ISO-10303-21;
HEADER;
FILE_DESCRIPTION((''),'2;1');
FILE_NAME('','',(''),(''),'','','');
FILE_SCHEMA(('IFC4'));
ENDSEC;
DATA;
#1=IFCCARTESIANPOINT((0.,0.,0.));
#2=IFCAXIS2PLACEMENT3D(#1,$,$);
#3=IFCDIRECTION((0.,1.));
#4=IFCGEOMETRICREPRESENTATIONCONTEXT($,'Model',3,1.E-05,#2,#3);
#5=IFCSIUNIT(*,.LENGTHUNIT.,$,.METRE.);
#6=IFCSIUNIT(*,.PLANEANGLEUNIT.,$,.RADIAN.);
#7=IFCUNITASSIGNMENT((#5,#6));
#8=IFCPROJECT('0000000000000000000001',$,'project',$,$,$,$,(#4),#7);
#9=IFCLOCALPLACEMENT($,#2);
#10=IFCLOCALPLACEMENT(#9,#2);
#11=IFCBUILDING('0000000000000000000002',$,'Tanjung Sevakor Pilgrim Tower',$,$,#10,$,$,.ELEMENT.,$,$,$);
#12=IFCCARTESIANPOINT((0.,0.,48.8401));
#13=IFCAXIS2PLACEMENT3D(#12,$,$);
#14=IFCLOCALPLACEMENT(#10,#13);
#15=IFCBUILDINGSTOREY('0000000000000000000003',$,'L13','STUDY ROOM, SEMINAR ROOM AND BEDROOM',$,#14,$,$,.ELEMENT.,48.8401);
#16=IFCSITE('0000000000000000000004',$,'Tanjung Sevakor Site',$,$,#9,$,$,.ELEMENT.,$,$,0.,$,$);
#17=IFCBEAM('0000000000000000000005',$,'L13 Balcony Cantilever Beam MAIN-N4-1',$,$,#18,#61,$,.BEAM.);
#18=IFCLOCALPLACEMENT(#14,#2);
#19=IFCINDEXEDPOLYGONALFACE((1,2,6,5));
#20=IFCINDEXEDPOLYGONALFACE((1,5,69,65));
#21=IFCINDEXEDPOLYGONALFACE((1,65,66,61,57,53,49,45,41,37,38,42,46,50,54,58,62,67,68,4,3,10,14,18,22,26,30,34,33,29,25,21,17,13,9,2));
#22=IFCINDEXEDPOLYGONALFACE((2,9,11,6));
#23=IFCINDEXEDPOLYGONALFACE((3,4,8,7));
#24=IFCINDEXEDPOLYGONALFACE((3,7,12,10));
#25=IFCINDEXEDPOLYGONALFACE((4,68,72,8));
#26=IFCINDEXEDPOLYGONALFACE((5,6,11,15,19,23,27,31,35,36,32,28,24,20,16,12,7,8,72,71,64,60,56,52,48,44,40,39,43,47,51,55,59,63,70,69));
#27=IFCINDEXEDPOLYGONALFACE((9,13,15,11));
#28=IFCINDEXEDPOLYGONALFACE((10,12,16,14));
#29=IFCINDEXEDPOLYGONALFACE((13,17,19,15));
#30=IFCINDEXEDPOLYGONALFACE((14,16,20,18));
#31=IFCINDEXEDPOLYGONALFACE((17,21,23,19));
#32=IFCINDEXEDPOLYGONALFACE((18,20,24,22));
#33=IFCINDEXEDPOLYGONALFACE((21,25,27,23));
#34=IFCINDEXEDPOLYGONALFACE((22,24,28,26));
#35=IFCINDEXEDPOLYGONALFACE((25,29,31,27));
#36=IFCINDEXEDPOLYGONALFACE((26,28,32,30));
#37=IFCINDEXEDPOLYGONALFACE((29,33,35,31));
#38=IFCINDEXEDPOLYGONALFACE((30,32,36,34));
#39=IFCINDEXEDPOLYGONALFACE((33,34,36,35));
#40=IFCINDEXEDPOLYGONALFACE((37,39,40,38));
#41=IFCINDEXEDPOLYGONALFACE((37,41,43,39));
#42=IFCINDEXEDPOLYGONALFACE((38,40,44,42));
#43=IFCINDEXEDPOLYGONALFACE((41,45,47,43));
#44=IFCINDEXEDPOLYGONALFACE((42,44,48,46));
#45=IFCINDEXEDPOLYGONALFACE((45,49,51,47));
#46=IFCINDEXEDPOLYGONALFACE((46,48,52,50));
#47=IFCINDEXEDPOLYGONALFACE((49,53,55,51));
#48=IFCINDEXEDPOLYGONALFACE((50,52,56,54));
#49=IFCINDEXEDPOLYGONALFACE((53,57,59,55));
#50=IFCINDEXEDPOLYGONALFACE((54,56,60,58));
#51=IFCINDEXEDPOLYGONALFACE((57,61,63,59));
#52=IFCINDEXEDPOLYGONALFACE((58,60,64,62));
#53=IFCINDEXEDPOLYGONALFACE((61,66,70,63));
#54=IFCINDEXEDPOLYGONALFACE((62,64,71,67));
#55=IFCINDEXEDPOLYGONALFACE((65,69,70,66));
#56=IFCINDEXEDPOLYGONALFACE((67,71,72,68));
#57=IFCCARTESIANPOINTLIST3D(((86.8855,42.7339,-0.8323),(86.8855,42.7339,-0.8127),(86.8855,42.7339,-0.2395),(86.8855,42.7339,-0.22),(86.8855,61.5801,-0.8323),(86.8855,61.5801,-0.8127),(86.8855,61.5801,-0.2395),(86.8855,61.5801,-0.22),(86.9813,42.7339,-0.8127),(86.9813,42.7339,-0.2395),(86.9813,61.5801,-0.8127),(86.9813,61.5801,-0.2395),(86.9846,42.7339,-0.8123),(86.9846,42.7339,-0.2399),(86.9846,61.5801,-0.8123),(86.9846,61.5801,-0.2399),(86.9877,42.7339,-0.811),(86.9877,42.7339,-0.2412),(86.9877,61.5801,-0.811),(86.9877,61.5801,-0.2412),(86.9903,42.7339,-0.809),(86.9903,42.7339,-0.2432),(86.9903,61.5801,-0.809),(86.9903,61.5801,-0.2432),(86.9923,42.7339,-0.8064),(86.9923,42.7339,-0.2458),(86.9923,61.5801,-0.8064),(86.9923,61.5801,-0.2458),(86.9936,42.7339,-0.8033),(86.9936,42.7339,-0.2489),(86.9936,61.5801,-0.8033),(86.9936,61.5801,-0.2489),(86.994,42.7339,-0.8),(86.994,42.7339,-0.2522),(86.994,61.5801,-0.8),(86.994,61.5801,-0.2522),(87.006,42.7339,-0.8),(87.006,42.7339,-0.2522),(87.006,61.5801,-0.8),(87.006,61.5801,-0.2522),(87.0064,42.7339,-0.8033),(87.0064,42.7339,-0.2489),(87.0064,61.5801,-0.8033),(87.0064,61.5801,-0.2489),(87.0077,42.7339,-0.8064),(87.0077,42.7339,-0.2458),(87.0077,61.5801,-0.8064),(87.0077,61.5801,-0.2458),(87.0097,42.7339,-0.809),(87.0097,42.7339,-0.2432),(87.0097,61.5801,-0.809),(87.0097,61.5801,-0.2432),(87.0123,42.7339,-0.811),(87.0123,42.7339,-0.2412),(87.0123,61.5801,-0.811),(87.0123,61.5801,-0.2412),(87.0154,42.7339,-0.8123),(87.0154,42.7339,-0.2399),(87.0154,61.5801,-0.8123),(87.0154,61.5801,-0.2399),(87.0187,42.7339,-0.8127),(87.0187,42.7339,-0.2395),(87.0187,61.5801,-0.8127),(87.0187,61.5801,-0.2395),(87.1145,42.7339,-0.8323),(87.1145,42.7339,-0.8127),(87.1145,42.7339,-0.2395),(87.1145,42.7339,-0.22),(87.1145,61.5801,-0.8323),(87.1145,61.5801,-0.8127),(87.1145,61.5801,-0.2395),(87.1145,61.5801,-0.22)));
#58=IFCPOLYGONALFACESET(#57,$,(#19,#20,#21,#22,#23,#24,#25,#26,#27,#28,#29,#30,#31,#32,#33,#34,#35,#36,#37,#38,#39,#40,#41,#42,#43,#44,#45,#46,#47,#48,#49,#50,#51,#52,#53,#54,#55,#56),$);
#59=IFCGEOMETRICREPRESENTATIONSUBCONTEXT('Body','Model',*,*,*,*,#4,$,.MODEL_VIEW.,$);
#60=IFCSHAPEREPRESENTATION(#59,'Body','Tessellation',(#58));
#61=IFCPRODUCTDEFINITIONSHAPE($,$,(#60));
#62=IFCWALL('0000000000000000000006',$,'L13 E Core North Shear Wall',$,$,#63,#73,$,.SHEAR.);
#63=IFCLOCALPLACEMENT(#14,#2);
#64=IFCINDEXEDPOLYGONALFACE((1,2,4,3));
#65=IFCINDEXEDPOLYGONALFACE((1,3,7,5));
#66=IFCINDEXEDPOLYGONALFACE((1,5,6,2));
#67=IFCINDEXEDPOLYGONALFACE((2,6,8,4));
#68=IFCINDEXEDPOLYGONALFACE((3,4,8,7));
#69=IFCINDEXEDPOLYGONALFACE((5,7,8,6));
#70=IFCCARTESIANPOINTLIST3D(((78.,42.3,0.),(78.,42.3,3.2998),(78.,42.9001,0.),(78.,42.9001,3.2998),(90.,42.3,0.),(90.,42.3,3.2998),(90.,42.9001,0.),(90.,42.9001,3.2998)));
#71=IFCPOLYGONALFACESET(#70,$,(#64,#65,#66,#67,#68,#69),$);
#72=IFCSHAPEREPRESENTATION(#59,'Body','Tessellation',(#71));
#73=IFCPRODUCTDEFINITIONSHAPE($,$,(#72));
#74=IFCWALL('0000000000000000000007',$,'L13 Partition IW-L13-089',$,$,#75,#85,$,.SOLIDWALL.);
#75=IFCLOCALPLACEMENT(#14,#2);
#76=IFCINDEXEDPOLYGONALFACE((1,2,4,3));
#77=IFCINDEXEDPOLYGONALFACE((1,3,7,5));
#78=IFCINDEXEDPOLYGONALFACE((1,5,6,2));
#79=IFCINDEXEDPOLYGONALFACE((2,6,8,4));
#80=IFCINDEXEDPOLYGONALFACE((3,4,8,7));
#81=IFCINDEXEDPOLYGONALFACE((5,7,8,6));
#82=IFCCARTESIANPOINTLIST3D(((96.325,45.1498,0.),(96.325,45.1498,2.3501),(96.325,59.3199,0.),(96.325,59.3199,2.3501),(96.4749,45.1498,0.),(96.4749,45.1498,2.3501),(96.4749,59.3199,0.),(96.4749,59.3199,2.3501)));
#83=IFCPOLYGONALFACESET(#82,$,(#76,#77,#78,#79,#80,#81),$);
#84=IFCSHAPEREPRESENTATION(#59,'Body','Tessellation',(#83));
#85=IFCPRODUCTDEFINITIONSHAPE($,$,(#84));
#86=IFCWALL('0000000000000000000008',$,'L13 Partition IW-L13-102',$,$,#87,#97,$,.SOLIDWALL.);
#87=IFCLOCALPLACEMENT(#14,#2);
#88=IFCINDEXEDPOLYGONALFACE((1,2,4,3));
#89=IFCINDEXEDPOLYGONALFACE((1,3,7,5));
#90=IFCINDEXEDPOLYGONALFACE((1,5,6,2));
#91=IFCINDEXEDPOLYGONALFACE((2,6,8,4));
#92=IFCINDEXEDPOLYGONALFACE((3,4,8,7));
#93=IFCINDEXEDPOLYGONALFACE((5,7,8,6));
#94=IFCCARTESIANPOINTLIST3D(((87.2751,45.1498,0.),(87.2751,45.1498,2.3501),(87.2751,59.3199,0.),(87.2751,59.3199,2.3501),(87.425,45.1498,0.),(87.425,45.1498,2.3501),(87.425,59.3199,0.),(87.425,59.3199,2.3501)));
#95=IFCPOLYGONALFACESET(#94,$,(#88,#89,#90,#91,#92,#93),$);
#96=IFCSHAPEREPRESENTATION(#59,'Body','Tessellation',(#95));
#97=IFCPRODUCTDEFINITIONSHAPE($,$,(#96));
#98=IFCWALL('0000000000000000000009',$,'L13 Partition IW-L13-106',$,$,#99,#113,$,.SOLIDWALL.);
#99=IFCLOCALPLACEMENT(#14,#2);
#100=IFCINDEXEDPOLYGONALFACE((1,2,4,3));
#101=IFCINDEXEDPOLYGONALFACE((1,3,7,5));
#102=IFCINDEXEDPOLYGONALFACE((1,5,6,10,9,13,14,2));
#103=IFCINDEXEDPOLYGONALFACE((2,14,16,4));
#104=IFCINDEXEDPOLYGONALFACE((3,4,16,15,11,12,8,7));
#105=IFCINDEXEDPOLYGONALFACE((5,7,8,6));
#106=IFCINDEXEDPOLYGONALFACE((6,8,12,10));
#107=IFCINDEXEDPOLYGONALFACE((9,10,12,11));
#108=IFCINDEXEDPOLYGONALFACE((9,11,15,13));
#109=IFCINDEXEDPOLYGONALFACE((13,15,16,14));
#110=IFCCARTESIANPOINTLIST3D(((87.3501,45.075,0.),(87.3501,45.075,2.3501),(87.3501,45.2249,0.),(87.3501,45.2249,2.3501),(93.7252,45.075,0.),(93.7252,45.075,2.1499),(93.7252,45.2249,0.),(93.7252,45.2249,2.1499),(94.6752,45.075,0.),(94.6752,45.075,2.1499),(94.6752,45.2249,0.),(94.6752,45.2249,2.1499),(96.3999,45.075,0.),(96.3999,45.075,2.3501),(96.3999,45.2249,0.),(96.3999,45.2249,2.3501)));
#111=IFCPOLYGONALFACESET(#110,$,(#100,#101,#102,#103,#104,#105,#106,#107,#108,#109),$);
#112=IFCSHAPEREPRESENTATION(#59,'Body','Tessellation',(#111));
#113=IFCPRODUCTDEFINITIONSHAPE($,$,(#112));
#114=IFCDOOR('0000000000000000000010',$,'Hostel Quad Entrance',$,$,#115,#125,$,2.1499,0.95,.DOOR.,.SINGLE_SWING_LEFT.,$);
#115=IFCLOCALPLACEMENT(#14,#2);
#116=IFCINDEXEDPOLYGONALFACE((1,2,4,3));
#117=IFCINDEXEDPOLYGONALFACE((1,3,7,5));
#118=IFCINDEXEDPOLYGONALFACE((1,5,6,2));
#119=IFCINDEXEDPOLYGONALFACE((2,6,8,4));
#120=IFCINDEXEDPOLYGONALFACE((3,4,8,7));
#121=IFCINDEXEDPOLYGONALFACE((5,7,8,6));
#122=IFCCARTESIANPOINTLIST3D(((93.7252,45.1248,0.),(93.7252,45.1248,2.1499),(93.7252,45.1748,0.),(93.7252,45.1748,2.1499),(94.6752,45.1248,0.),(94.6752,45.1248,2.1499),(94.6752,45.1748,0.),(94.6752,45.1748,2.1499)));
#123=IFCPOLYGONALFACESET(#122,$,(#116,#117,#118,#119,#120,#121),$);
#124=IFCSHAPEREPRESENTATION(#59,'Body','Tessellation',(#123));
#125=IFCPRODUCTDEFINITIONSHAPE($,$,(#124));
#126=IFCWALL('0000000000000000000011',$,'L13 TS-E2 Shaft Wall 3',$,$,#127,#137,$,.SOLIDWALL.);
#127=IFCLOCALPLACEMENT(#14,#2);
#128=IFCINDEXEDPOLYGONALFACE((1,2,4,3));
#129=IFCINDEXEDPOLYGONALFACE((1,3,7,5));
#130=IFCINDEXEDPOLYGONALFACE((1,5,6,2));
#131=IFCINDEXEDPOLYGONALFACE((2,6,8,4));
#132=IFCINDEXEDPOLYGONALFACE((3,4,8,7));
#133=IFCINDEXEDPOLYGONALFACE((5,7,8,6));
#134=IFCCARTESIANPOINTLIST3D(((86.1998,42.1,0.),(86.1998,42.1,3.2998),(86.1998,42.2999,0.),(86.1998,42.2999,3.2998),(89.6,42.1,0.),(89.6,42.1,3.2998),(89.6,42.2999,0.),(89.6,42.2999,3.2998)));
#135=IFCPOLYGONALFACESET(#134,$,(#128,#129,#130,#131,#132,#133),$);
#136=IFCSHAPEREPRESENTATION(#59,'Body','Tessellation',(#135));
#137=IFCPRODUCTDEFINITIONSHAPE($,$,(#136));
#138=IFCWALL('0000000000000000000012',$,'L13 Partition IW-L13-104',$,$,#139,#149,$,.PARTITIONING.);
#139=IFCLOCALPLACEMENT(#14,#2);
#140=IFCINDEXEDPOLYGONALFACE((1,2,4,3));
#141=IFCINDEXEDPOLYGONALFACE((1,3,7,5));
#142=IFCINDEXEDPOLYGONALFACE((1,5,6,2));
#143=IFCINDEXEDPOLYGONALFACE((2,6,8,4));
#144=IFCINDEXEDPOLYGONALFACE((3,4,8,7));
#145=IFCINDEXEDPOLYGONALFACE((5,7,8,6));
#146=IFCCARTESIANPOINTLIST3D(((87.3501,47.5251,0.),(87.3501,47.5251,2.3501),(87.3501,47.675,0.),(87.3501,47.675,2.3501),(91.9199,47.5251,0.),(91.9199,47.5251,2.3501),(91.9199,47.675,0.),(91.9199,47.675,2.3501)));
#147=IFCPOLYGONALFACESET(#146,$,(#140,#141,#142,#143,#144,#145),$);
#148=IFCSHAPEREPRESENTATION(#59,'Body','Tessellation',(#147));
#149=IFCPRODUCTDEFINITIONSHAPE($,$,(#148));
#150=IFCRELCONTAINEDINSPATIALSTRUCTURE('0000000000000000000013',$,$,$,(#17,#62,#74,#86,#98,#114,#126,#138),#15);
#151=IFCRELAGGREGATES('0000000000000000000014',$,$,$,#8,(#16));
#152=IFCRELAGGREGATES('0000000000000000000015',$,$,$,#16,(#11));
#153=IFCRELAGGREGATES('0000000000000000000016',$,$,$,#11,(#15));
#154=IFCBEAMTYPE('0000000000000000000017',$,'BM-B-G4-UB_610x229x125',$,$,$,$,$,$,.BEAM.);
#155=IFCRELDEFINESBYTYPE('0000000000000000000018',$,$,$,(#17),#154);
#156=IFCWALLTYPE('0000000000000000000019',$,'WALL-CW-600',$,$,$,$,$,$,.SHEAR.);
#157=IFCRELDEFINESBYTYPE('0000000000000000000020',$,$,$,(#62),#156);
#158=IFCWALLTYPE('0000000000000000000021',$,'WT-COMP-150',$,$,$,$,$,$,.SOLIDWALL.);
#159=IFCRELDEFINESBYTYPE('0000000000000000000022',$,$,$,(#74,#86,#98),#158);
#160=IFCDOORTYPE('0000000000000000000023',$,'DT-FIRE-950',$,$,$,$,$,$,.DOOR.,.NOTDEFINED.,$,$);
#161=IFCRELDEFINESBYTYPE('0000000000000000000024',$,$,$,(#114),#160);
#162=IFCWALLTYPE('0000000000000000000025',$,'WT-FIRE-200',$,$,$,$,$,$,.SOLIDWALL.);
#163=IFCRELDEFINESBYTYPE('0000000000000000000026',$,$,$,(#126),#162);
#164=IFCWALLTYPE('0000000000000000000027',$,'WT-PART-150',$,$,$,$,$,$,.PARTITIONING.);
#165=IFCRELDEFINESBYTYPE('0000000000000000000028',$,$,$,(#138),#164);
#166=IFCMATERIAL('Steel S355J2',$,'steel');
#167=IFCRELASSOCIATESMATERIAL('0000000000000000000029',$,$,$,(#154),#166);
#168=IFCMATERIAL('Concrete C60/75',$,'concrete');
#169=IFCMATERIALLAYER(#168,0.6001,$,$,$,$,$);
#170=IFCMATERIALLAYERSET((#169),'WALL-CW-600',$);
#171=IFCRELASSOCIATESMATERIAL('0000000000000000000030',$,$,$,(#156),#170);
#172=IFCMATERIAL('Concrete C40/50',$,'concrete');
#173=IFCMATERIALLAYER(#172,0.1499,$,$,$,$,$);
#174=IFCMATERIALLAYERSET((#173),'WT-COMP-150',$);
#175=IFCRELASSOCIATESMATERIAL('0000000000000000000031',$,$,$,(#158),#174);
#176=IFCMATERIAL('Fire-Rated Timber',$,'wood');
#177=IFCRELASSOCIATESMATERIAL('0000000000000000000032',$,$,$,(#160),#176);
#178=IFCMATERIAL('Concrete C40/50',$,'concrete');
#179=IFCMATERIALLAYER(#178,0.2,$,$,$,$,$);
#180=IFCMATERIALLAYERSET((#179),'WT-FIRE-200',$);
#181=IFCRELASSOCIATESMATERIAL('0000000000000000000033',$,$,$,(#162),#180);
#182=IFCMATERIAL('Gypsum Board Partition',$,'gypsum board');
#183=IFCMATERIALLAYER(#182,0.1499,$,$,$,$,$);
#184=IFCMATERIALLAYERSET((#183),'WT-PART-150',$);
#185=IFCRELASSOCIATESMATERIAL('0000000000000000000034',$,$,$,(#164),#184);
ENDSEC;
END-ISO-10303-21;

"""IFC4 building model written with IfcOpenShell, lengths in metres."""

from ifc_helpers import new_model, si_unit, direction, frame, frame_2d, origin, origin_2d, place, context, subcontext, project, spatial, rectangle, i_section, extrude, material, layer, layer_set, material_profile, profile_set, type_object, element, fill, save


model = new_model("IFC4")

# Units and contexts
model_context = context("Model", 3, precision=1e-05, world=origin(), true_north=direction((0.0, 1.0)))
body_context = subcontext(model_context, "Body", "Model", "MODEL_VIEW")
ifc_project = project(units=[si_unit("LENGTHUNIT", "METRE"), si_unit("PLANEANGLEUNIT", "RADIAN")], contexts=[model_context])

# Site, building, storey
site_placement = place(None, origin())
site = spatial("IfcSite", under=ifc_project, at=site_placement, Name="Tanjung Sevakor Site", CompositionType="ELEMENT", RefElevation=0.0)
building_placement = place(site_placement, origin())
building = spatial("IfcBuilding", under=site, at=building_placement, Name="Tanjung Sevakor Pilgrim Tower", CompositionType="ELEMENT")
storey_placement = place(building_placement, frame((0.0, 0.0, 48.8401)))
storey = spatial("IfcBuildingStorey", under=building, at=storey_placement, Name="L13", Description="STUDY ROOM, SEMINAR ROOM AND BEDROOM", CompositionType="ELEMENT", Elevation=48.8401)

# Beam
ifc_material_1 = material(Name="Steel S355J2", Category="steel")
ifc_material_profile_1 = material_profile(ifc_material_1, i_section(OverallWidth=0.229, OverallDepth=0.6123, WebThickness=0.012, FlangeThickness=0.0195, FilletRadius=0.0127, at=origin_2d()))
ifc_profile_set_1 = profile_set([ifc_material_profile_1], Name="Steel S355J2")
beam_type_1 = type_object("IfcBeamType", Name="BM-B-G4-UB_610x229x125", PredefinedType="BEAM", material=ifc_profile_set_1)
beam_1_placement = place(storey_placement, frame((87.0, 42.7339, -0.5261), z_axis=(0.0, 1.0, 0.0), x_axis=(-1.0, 0.0, 0.0)))
element("IfcBeam", 1, at=beam_1_placement, inside=storey, type_object=beam_type_1, Name="L13 Balcony Cantilever Beam MAIN-N4-1", PredefinedType="BEAM", context=body_context, shape_type="SweptSolid", body=[
    extrude(i_section(OverallWidth=0.229, OverallDepth=0.6123, WebThickness=0.012, FlangeThickness=0.0195, FilletRadius=0.0127, at=origin_2d()), origin(), (0.0, 0.0, 1.0), 18.8462),
])

# Walls
ifc_material_2 = material(Name="Concrete C60/75", Category="concrete")
ifc_layer_1 = layer(ifc_material_2, 0.6001)
ifc_layer_set_1 = layer_set([ifc_layer_1], Name="WALL-CW-600")
wall_type_1 = type_object("IfcWallType", Name="WALL-CW-600", PredefinedType="SHEAR", material=ifc_layer_set_1)
wall_1_placement = place(storey_placement, frame((90.0, 42.6001, 0.0), z_axis=(0.0, 0.0, 1.0), x_axis=(-1.0, 0.0, 0.0)))
element("IfcWall", 2, at=wall_1_placement, inside=storey, type_object=wall_type_1, Name="L13 E Core North Shear Wall", PredefinedType="SHEAR", context=body_context, shape_type="SweptSolid", body=[
    extrude(rectangle(XDim=12.0, YDim=0.6001, at=frame_2d((6.0, 0.0))), origin(), (0.0, 0.0, 1.0), 3.2998),
])
ifc_material_3 = material(Name="Concrete C40/50", Category="concrete")
ifc_layer_2 = layer(ifc_material_3, 0.1499)
ifc_layer_set_2 = layer_set([ifc_layer_2], Name="WT-COMP-150")
wall_type_2 = type_object("IfcWallType", Name="WT-COMP-150", PredefinedType="SOLIDWALL", material=ifc_layer_set_2)
for number, where, z_axis, x_axis, name in (
    (3, (96.3999, 45.1499, 0.0), (0.0, 0.0, 1.0), (0.0, 1.0, 0.0), "L13 Partition IW-L13-089"),
    (4, (87.3501, 45.1499, 0.0), (0.0, 0.0, 1.0), (0.0, 1.0, 0.0), "L13 Partition IW-L13-102"),
):
    element("IfcWall", number, at=place(storey_placement, frame(where, z_axis=z_axis, x_axis=x_axis)), inside=storey, type_object=wall_type_2, Name=name, PredefinedType="SOLIDWALL", context=body_context, shape_type="SweptSolid", body=[
        extrude(rectangle(XDim=14.1702, YDim=0.1499, at=frame_2d((7.085, 0.0))), origin(), (0.0, 0.0, 1.0), 2.3501),
    ])

# Wall, opening, door
wall_2_placement = place(storey_placement, frame((87.3501, 45.1499, 0.0), z_axis=(0.0, 0.0, 1.0), x_axis=(1.0, 0.0, 0.0)))
wall_2 = element("IfcWall", 5, at=wall_2_placement, inside=storey, type_object=wall_type_2, Name="L13 Partition IW-L13-106", PredefinedType="SOLIDWALL", context=body_context, shape_type="SweptSolid", body=[
    extrude(rectangle(XDim=9.0498, YDim=0.1499, at=frame_2d((4.5249, 0.0))), origin(), (0.0, 0.0, 1.0), 2.3501),
])
opening_1_placement = place(wall_2_placement, frame((6.375, 0.0, 0.0)))
opening_1 = element("IfcOpeningElement", 6, at=opening_1_placement, cuts=wall_2, PredefinedType="OPENING", context=body_context, shape_type="SweptSolid", body=[
    extrude(rectangle(XDim=0.95, YDim=2.1499, at=frame_2d((0.4751, 1.075))), frame((0.0, 0.085, 0.0), z_axis=(0.0, -1.0, 0.0), x_axis=(1.0, 0.0, 0.0)), (0.0, 0.0, 1.0), 0.1699),
])
ifc_material_4 = material(Name="Fire-Rated Timber", Category="wood")
door_type_1 = type_object("IfcDoorType", Name="DT-FIRE-950", OperationType="NOTDEFINED", PredefinedType="DOOR", material=ifc_material_4)
door_1_placement = place(opening_1_placement, origin())
door_1 = element("IfcDoor", 7, at=door_1_placement, inside=storey, type_object=door_type_1, Name="Hostel Quad Entrance", OperationType="SINGLE_SWING_LEFT", OverallHeight=2.1499, OverallWidth=0.95, PredefinedType="DOOR", context=body_context, shape_type="SweptSolid", body=[
    extrude(rectangle(XDim=0.95, YDim=2.1499, at=frame_2d((0.4751, 1.075))), frame((0.0, 0.0249, 0.0), z_axis=(0.0, -1.0, 0.0), x_axis=(1.0, 0.0, 0.0)), (0.0, 0.0, 1.0), 0.05),
])
fill(opening_1, door_1)

# Walls
ifc_material_5 = material(Name="Concrete C40/50", Category="concrete")
ifc_layer_3 = layer(ifc_material_5, 0.2)
ifc_layer_set_3 = layer_set([ifc_layer_3], Name="WT-FIRE-200")
wall_type_3 = type_object("IfcWallType", Name="WT-FIRE-200", PredefinedType="SOLIDWALL", material=ifc_layer_set_3)
wall_3_placement = place(storey_placement, frame((89.6001, 42.2, 0.0), z_axis=(0.0, 0.0, 1.0), x_axis=(-1.0, 0.0, 0.0)))
element("IfcWall", 8, at=wall_3_placement, inside=storey, type_object=wall_type_3, Name="L13 TS-E2 Shaft Wall 3", PredefinedType="SOLIDWALL", context=body_context, shape_type="SweptSolid", body=[
    extrude(rectangle(XDim=3.4001, YDim=0.2, at=frame_2d((1.7002, 0.0))), origin(), (0.0, 0.0, 1.0), 3.2998),
])
ifc_material_6 = material(Name="Gypsum Board Partition", Category="gypsum board")
ifc_layer_4 = layer(ifc_material_6, 0.1499)
ifc_layer_set_4 = layer_set([ifc_layer_4], Name="WT-PART-150")
wall_type_4 = type_object("IfcWallType", Name="WT-PART-150", PredefinedType="PARTITIONING", material=ifc_layer_set_4)
wall_4_placement = place(storey_placement, frame((87.3501, 47.6001, 0.0), z_axis=(0.0, 0.0, 1.0), x_axis=(1.0, 0.0, 0.0)))
element("IfcWall", 9, at=wall_4_placement, inside=storey, type_object=wall_type_4, Name="L13 Partition IW-L13-104", PredefinedType="PARTITIONING", context=body_context, shape_type="SweptSolid", body=[
    extrude(rectangle(XDim=4.5698, YDim=0.1499, at=frame_2d((2.2849, 0.0))), origin(), (0.0, 0.0, 1.0), 2.3501),
])

save(model, "model.ifc")
